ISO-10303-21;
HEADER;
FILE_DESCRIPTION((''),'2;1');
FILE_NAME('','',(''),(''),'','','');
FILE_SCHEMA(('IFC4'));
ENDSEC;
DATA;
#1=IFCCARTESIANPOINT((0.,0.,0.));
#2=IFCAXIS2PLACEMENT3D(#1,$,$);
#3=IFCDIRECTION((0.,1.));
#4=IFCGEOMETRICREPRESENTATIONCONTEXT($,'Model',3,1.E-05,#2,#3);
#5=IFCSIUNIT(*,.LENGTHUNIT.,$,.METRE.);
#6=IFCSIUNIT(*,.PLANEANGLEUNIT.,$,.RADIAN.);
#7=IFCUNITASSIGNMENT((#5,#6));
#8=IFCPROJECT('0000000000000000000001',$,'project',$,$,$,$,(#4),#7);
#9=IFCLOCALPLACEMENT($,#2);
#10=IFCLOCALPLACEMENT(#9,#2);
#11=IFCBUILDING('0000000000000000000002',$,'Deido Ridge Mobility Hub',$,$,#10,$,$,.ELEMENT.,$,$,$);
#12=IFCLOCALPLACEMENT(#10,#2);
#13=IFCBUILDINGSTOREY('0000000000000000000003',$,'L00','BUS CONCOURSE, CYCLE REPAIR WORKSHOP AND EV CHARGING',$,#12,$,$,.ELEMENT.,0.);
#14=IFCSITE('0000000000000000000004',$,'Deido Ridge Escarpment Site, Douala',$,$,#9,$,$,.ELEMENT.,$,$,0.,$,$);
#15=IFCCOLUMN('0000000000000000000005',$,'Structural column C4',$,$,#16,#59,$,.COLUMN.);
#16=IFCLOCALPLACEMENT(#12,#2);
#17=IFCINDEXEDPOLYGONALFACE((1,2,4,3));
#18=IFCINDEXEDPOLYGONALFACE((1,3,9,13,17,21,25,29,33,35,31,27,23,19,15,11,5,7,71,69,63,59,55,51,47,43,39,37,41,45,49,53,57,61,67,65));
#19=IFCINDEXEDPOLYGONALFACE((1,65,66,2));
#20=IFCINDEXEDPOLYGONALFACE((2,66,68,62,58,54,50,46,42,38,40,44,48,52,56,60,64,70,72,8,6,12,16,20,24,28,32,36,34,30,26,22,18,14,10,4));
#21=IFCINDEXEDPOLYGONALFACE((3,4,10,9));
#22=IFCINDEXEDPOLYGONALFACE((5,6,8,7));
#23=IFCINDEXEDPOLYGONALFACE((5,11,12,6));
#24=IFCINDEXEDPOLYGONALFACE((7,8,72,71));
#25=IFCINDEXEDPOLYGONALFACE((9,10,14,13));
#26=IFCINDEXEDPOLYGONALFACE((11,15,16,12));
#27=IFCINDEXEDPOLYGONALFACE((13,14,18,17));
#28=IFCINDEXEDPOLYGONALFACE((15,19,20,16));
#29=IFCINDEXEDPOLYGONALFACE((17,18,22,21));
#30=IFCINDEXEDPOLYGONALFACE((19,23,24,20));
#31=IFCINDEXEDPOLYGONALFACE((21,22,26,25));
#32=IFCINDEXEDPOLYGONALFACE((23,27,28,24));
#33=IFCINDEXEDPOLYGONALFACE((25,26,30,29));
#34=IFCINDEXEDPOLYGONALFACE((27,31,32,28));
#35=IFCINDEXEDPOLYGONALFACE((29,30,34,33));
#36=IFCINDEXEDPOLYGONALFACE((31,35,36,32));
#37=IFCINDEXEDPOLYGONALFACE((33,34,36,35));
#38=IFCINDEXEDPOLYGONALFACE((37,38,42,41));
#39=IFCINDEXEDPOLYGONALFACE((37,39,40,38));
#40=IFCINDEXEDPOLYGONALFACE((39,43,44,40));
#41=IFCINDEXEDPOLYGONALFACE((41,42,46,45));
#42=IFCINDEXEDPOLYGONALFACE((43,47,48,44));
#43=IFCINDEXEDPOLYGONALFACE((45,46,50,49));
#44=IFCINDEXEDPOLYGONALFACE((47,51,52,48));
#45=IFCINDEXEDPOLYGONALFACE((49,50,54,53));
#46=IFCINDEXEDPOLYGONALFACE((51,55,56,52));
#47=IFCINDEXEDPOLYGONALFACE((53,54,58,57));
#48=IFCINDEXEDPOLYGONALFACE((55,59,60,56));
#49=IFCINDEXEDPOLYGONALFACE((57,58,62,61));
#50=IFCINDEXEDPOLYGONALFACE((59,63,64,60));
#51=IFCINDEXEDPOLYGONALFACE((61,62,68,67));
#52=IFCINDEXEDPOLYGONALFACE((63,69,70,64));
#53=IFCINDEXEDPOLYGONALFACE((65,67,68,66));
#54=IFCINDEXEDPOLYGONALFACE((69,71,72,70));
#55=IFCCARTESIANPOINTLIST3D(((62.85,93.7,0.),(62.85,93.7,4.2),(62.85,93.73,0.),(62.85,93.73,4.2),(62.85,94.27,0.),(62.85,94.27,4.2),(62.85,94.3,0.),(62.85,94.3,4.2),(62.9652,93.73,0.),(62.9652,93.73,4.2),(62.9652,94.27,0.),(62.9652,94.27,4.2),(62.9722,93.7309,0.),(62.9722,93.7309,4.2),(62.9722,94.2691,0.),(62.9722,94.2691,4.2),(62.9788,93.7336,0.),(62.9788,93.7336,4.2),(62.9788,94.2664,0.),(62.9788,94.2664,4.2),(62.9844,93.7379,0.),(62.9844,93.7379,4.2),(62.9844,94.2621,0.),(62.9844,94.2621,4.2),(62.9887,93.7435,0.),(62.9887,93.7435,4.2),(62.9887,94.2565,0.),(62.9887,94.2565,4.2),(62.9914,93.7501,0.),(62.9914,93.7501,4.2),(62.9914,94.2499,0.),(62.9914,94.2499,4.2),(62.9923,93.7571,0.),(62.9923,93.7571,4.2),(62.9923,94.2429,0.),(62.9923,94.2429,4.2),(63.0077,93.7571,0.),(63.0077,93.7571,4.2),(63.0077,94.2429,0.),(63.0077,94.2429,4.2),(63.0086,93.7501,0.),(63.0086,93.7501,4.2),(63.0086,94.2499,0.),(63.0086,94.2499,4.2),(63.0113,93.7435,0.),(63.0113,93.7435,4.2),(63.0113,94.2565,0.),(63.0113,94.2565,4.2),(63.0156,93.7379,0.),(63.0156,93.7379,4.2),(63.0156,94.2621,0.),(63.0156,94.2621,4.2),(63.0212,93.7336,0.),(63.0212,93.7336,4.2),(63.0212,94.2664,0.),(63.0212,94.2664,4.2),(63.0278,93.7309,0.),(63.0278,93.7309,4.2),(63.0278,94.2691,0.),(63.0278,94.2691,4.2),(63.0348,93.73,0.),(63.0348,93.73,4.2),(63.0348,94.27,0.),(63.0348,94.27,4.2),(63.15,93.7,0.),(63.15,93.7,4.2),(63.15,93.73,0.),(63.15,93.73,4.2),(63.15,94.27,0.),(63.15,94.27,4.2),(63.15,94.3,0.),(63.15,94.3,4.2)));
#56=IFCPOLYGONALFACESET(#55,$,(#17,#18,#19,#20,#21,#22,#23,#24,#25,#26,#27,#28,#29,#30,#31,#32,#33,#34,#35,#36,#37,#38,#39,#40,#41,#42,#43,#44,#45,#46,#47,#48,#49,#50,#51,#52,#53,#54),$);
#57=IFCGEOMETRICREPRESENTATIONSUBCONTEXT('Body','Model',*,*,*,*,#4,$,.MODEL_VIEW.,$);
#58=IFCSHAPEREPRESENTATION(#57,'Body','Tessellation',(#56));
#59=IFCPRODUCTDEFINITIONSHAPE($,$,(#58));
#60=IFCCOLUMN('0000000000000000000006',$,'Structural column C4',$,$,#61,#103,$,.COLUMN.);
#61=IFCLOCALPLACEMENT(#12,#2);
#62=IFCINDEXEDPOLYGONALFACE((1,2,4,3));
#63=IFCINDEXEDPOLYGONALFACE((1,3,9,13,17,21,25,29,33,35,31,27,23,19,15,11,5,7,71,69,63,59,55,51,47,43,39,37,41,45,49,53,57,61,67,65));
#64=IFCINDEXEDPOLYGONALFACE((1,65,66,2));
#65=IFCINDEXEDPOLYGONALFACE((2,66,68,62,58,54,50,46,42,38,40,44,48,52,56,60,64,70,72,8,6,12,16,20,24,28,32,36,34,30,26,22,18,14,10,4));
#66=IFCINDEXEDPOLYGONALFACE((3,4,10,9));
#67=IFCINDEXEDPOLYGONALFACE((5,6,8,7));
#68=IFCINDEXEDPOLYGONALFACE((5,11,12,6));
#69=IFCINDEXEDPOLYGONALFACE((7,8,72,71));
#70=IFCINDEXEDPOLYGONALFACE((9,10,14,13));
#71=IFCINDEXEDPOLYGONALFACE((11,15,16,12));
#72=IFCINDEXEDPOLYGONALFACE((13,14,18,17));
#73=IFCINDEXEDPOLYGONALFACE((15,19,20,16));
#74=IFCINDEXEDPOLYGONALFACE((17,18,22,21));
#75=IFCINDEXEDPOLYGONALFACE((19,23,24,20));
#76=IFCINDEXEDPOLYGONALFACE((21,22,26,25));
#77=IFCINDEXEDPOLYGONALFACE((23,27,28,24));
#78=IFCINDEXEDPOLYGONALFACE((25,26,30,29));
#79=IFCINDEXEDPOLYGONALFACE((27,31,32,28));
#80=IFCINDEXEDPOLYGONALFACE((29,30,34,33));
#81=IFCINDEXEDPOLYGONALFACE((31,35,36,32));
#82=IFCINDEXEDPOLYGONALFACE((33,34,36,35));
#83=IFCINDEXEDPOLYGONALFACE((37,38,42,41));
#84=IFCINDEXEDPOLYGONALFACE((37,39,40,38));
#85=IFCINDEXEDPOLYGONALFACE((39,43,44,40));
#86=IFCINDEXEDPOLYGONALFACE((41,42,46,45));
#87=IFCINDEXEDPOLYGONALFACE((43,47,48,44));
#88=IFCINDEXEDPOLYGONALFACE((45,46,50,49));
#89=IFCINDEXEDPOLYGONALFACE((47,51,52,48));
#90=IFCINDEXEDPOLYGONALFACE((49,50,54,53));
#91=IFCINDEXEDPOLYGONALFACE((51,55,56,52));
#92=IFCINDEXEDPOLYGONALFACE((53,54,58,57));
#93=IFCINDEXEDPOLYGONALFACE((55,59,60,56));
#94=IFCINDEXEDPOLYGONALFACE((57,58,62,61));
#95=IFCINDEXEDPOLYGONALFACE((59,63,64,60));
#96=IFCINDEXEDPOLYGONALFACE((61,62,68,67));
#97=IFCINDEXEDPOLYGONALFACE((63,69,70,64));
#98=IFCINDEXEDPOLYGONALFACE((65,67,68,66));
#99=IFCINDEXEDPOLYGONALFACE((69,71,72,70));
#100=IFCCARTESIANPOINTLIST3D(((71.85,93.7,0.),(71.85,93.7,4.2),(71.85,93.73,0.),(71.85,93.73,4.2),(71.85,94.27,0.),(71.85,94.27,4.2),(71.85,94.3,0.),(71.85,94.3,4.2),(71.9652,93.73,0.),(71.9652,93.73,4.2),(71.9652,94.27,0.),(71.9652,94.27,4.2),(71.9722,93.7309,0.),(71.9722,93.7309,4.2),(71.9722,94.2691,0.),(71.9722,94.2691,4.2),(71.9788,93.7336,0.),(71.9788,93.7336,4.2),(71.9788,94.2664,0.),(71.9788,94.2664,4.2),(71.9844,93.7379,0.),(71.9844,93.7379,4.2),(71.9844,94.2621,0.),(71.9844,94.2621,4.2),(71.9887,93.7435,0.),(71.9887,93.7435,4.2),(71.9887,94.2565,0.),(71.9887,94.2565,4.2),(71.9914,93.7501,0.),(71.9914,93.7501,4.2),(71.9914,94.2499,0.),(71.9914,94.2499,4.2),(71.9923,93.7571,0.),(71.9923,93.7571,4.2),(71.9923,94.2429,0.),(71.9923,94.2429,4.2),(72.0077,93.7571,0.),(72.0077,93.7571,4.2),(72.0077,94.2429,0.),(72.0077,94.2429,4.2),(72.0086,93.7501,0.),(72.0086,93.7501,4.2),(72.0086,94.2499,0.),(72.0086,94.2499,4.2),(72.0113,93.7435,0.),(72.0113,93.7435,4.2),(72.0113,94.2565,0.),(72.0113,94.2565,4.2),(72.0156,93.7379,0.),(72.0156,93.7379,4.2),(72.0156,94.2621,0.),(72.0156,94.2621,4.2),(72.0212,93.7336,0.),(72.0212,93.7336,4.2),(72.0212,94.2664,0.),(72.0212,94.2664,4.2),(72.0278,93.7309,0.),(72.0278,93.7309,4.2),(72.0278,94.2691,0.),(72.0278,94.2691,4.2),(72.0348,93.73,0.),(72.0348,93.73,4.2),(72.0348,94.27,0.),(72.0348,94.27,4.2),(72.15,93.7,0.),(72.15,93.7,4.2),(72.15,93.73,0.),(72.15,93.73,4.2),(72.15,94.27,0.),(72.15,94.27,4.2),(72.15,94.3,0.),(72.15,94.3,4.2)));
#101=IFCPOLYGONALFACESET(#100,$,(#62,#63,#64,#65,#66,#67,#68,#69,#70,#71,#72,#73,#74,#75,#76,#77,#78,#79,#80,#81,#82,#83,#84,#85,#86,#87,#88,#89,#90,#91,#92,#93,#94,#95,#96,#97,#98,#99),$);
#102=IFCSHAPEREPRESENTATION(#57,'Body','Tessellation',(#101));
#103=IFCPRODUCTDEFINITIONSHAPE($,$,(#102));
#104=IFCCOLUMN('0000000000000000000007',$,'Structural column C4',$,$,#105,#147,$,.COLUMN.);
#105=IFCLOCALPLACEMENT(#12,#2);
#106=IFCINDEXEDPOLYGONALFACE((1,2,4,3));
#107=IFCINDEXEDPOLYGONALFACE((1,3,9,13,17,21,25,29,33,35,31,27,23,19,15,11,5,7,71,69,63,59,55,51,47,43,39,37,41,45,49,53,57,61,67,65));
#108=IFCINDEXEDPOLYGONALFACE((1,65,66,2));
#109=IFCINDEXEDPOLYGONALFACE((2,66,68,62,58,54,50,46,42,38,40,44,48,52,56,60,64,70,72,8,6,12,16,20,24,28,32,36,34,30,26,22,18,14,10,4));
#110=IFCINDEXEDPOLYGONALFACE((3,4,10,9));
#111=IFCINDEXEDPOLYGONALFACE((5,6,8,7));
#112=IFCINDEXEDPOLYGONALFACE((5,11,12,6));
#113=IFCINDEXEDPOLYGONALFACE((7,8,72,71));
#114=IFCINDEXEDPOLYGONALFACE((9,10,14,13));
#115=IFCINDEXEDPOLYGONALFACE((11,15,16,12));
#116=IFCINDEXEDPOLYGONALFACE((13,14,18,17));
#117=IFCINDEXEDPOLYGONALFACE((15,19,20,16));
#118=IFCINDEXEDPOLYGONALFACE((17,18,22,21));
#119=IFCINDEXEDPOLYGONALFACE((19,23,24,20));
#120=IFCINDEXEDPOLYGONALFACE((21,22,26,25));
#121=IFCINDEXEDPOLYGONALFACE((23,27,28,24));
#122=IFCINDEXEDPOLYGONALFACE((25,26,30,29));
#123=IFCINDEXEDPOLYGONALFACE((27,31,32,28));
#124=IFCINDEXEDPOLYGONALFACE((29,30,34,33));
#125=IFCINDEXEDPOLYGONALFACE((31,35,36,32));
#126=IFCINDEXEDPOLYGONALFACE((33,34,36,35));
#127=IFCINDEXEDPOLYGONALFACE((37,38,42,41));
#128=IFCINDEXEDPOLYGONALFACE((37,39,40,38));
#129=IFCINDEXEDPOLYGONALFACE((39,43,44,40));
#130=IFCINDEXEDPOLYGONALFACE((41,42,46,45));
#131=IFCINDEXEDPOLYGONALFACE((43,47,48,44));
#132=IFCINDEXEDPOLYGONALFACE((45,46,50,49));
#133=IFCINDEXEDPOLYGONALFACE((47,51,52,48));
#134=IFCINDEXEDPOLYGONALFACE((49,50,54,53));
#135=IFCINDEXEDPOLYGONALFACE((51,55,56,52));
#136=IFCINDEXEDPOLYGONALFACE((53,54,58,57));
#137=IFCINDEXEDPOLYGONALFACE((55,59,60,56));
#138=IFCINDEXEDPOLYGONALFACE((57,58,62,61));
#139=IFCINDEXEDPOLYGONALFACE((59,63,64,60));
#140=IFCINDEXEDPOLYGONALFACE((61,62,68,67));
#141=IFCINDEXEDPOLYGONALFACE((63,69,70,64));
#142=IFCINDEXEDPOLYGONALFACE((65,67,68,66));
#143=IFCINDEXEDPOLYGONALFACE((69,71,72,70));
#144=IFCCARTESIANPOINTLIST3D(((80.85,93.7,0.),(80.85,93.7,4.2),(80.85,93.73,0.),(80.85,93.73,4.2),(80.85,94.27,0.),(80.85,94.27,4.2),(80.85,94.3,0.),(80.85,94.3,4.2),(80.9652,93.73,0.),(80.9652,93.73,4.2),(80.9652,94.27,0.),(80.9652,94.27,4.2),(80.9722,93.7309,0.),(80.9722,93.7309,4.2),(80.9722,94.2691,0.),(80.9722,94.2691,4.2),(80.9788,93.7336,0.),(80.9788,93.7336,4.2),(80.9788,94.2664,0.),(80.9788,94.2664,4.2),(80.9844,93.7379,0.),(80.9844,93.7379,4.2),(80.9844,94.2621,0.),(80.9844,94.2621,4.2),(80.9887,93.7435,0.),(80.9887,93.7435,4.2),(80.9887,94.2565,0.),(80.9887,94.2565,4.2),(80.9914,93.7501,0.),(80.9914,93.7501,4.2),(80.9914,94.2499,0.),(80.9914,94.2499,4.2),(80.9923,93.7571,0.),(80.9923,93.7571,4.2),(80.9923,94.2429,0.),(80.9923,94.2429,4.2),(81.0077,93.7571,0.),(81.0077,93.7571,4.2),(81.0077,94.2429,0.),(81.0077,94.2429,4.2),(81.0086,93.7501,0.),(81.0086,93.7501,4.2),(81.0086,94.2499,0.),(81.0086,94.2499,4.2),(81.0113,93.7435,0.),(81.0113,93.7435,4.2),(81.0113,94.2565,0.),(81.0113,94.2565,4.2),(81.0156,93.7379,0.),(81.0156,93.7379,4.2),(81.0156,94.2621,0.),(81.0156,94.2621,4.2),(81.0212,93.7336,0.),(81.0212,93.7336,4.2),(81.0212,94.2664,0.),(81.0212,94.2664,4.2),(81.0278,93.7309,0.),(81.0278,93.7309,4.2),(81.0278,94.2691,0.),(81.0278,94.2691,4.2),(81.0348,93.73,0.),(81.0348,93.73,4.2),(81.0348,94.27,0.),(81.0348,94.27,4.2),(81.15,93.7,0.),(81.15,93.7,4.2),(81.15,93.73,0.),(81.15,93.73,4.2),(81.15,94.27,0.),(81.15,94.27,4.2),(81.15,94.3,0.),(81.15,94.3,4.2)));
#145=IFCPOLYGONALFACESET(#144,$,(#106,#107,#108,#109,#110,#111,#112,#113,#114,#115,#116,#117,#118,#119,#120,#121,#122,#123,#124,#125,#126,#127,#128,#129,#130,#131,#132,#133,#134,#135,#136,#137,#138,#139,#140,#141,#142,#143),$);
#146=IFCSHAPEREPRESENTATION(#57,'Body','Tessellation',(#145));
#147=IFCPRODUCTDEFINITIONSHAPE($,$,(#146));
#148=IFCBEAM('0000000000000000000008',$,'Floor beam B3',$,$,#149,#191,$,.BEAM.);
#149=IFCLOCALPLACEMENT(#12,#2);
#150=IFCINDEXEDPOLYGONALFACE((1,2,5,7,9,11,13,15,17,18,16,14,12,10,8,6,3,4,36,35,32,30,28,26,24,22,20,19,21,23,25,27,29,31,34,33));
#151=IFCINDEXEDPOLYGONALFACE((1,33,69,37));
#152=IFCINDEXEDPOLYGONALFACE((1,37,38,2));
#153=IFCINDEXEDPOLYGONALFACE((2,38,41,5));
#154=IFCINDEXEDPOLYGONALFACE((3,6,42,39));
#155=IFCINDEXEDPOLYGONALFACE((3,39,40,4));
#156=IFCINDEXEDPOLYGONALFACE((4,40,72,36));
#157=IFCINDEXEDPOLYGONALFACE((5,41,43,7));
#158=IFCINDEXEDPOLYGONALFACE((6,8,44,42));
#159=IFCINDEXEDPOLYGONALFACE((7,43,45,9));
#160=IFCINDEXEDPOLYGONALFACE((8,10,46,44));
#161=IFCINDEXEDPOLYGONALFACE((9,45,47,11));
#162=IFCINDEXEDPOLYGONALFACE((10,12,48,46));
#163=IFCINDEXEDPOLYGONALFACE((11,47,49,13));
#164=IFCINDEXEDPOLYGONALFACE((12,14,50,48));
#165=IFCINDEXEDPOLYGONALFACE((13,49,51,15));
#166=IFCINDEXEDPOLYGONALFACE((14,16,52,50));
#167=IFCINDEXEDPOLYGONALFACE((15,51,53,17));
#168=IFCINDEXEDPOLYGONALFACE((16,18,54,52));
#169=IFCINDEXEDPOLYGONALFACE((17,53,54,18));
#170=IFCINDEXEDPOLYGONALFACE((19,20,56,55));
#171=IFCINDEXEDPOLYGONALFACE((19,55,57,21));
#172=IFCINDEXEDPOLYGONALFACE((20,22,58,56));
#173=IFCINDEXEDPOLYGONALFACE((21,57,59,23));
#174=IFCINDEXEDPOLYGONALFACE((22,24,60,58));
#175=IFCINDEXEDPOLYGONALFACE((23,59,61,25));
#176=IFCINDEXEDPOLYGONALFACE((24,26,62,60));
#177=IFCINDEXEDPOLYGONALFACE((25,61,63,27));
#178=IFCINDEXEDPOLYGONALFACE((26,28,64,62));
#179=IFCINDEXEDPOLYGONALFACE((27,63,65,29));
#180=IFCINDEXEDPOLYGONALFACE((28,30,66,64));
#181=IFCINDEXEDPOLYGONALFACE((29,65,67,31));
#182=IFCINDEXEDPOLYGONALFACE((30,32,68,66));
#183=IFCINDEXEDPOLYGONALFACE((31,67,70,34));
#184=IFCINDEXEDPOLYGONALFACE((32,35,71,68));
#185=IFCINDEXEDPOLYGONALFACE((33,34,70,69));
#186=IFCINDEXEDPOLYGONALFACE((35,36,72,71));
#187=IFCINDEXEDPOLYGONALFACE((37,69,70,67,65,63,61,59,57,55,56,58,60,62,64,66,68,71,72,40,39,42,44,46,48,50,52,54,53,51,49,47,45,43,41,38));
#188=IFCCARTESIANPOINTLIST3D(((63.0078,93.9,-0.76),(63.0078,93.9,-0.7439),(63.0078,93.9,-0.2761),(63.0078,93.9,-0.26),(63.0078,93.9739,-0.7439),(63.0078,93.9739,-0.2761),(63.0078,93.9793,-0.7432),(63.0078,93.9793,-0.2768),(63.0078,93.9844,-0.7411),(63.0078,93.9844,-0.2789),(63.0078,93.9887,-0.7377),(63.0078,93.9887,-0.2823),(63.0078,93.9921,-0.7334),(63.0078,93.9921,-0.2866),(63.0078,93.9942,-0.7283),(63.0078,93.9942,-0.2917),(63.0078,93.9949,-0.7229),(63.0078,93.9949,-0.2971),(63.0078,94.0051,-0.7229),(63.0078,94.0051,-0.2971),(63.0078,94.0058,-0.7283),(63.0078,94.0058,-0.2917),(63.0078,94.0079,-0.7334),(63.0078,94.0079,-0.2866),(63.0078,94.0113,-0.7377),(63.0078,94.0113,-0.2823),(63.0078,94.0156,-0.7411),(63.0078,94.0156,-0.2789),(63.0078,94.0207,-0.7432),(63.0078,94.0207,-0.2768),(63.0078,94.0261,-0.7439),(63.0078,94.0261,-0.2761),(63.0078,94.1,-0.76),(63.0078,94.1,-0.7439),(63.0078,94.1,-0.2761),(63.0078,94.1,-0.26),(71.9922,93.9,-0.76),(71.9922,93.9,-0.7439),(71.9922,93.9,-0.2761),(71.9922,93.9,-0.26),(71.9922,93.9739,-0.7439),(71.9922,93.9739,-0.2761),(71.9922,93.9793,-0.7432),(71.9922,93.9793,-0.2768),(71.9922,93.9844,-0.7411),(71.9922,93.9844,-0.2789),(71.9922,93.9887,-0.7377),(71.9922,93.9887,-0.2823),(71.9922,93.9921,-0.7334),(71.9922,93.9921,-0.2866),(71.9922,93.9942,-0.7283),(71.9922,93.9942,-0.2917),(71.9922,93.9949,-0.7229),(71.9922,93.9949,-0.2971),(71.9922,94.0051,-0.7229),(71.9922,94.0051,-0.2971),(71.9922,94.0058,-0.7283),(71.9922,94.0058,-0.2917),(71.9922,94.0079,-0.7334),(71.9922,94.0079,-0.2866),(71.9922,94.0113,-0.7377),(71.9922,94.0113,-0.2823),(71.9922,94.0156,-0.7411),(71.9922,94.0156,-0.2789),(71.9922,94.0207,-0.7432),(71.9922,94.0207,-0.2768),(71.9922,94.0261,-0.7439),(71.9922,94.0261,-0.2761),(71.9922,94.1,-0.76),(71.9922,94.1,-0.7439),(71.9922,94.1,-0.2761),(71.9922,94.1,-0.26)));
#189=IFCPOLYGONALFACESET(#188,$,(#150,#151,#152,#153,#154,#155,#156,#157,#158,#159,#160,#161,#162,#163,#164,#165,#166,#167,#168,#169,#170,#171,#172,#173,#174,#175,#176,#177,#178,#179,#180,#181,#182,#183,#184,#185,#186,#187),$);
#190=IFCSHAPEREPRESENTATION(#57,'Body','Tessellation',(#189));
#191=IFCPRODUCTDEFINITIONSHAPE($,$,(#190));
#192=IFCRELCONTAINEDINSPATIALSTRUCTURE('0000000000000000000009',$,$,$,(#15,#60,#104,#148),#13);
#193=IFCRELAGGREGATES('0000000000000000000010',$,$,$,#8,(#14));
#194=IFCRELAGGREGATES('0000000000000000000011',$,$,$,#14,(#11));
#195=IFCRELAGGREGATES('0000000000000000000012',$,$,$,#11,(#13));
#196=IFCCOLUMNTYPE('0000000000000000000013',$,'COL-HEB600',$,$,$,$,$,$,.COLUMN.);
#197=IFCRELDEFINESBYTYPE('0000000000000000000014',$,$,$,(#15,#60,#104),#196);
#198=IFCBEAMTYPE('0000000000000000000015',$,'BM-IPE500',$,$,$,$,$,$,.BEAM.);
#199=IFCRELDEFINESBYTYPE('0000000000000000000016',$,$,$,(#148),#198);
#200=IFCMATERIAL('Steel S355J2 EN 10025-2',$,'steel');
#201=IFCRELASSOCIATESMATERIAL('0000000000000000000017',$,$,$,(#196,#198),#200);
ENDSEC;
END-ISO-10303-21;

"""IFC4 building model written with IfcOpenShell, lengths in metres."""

from ifc_helpers import new_model, si_unit, direction, frame, origin, origin_2d, place, context, subcontext, project, spatial, i_section, extrude, material, material_profile, profile_set, type_object, element, save


model = new_model("IFC4")

# Units and contexts
model_context = context("Model", 3, precision=1e-05, world=origin(), true_north=direction((0.0, 1.0)))
body_context = subcontext(model_context, "Body", "Model", "MODEL_VIEW")
ifc_project = project(units=[si_unit("LENGTHUNIT", "METRE"), si_unit("PLANEANGLEUNIT", "RADIAN")], contexts=[model_context])

# Site, building, storey
site_placement = place(None, origin())
site = spatial("IfcSite", under=ifc_project, at=site_placement, Name="Deido Ridge Escarpment Site, Douala", CompositionType="ELEMENT", RefElevation=0.0)
building_placement = place(site_placement, origin())
building = spatial("IfcBuilding", under=site, at=building_placement, Name="Deido Ridge Mobility Hub", CompositionType="ELEMENT")
storey_placement = place(building_placement, origin())
storey = spatial("IfcBuildingStorey", under=building, at=storey_placement, Name="L00", Description="BUS CONCOURSE, CYCLE REPAIR WORKSHOP AND EV CHARGING", CompositionType="ELEMENT", Elevation=0.0)

# Columns
ifc_material_1 = material(Name="Steel S355J2 EN 10025-2", Category="steel")
ifc_material_profile_1 = material_profile(ifc_material_1, i_section(OverallWidth=0.3, OverallDepth=0.6001, WebThickness=0.0154, FlangeThickness=0.03, FilletRadius=0.0271, at=origin_2d()), Name="HEB 600")
ifc_profile_set_1 = profile_set([ifc_material_profile_1], Name="Steel S355J2 EN 10025-2")
column_type = type_object("IfcColumnType", Name="COL-HEB600", PredefinedType="COLUMN", material=ifc_profile_set_1)
for number, where, z_axis, x_axis, name in (
    (1, (63.0, 94.0, 0.0), (0.0, 0.0, 1.0), (1.0, 0.0, 0.0), "Structural column C4"),
    (2, (72.0, 94.0, 0.0), (0.0, 0.0, 1.0), (1.0, 0.0, 0.0), "Structural column C4"),
    (3, (81.0, 94.0, 0.0), (0.0, 0.0, 1.0), (1.0, 0.0, 0.0), "Structural column C4"),
):
    element("IfcColumn", number, at=place(storey_placement, frame(where, z_axis=z_axis, x_axis=x_axis)), inside=storey, type_object=column_type, Name=name, PredefinedType="COLUMN", context=body_context, shape_type="SweptSolid", body=[
        extrude(i_section(OverallWidth=0.3, OverallDepth=0.6001, WebThickness=0.0154, FlangeThickness=0.03, FilletRadius=0.0271, at=origin_2d()), origin(), (0.0, 0.0, 1.0), 4.2),
    ])

# Beam
ifc_material_profile_2 = material_profile(ifc_material_1, i_section(OverallWidth=0.2, OverallDepth=0.5, WebThickness=0.0103, FlangeThickness=0.0161, FilletRadius=0.021, at=origin_2d()), Name="IPE 500")
ifc_profile_set_2 = profile_set([ifc_material_profile_2], Name="Steel S355J2 EN 10025-2")
beam_type_1 = type_object("IfcBeamType", Name="BM-IPE500", PredefinedType="BEAM", material=ifc_profile_set_2)
for number, where, z_axis, x_axis, name in (
    (4, (63.0078, 94.0, -0.51), (1.0, 0.0, 0.0), (0.0, 1.0, 0.0), "Floor beam B3"),
):
    element("IfcBeam", number, at=place(storey_placement, frame(where, z_axis=z_axis, x_axis=x_axis)), inside=storey, type_object=beam_type_1, Name=name, PredefinedType="BEAM", context=body_context, shape_type="SweptSolid", body=[
        extrude(i_section(OverallWidth=0.2, OverallDepth=0.5, WebThickness=0.0103, FlangeThickness=0.0161, FilletRadius=0.021, at=origin_2d()), origin(), (0.0, 0.0, 1.0), 8.9844),
    ])

save(model, "model.ifc")
